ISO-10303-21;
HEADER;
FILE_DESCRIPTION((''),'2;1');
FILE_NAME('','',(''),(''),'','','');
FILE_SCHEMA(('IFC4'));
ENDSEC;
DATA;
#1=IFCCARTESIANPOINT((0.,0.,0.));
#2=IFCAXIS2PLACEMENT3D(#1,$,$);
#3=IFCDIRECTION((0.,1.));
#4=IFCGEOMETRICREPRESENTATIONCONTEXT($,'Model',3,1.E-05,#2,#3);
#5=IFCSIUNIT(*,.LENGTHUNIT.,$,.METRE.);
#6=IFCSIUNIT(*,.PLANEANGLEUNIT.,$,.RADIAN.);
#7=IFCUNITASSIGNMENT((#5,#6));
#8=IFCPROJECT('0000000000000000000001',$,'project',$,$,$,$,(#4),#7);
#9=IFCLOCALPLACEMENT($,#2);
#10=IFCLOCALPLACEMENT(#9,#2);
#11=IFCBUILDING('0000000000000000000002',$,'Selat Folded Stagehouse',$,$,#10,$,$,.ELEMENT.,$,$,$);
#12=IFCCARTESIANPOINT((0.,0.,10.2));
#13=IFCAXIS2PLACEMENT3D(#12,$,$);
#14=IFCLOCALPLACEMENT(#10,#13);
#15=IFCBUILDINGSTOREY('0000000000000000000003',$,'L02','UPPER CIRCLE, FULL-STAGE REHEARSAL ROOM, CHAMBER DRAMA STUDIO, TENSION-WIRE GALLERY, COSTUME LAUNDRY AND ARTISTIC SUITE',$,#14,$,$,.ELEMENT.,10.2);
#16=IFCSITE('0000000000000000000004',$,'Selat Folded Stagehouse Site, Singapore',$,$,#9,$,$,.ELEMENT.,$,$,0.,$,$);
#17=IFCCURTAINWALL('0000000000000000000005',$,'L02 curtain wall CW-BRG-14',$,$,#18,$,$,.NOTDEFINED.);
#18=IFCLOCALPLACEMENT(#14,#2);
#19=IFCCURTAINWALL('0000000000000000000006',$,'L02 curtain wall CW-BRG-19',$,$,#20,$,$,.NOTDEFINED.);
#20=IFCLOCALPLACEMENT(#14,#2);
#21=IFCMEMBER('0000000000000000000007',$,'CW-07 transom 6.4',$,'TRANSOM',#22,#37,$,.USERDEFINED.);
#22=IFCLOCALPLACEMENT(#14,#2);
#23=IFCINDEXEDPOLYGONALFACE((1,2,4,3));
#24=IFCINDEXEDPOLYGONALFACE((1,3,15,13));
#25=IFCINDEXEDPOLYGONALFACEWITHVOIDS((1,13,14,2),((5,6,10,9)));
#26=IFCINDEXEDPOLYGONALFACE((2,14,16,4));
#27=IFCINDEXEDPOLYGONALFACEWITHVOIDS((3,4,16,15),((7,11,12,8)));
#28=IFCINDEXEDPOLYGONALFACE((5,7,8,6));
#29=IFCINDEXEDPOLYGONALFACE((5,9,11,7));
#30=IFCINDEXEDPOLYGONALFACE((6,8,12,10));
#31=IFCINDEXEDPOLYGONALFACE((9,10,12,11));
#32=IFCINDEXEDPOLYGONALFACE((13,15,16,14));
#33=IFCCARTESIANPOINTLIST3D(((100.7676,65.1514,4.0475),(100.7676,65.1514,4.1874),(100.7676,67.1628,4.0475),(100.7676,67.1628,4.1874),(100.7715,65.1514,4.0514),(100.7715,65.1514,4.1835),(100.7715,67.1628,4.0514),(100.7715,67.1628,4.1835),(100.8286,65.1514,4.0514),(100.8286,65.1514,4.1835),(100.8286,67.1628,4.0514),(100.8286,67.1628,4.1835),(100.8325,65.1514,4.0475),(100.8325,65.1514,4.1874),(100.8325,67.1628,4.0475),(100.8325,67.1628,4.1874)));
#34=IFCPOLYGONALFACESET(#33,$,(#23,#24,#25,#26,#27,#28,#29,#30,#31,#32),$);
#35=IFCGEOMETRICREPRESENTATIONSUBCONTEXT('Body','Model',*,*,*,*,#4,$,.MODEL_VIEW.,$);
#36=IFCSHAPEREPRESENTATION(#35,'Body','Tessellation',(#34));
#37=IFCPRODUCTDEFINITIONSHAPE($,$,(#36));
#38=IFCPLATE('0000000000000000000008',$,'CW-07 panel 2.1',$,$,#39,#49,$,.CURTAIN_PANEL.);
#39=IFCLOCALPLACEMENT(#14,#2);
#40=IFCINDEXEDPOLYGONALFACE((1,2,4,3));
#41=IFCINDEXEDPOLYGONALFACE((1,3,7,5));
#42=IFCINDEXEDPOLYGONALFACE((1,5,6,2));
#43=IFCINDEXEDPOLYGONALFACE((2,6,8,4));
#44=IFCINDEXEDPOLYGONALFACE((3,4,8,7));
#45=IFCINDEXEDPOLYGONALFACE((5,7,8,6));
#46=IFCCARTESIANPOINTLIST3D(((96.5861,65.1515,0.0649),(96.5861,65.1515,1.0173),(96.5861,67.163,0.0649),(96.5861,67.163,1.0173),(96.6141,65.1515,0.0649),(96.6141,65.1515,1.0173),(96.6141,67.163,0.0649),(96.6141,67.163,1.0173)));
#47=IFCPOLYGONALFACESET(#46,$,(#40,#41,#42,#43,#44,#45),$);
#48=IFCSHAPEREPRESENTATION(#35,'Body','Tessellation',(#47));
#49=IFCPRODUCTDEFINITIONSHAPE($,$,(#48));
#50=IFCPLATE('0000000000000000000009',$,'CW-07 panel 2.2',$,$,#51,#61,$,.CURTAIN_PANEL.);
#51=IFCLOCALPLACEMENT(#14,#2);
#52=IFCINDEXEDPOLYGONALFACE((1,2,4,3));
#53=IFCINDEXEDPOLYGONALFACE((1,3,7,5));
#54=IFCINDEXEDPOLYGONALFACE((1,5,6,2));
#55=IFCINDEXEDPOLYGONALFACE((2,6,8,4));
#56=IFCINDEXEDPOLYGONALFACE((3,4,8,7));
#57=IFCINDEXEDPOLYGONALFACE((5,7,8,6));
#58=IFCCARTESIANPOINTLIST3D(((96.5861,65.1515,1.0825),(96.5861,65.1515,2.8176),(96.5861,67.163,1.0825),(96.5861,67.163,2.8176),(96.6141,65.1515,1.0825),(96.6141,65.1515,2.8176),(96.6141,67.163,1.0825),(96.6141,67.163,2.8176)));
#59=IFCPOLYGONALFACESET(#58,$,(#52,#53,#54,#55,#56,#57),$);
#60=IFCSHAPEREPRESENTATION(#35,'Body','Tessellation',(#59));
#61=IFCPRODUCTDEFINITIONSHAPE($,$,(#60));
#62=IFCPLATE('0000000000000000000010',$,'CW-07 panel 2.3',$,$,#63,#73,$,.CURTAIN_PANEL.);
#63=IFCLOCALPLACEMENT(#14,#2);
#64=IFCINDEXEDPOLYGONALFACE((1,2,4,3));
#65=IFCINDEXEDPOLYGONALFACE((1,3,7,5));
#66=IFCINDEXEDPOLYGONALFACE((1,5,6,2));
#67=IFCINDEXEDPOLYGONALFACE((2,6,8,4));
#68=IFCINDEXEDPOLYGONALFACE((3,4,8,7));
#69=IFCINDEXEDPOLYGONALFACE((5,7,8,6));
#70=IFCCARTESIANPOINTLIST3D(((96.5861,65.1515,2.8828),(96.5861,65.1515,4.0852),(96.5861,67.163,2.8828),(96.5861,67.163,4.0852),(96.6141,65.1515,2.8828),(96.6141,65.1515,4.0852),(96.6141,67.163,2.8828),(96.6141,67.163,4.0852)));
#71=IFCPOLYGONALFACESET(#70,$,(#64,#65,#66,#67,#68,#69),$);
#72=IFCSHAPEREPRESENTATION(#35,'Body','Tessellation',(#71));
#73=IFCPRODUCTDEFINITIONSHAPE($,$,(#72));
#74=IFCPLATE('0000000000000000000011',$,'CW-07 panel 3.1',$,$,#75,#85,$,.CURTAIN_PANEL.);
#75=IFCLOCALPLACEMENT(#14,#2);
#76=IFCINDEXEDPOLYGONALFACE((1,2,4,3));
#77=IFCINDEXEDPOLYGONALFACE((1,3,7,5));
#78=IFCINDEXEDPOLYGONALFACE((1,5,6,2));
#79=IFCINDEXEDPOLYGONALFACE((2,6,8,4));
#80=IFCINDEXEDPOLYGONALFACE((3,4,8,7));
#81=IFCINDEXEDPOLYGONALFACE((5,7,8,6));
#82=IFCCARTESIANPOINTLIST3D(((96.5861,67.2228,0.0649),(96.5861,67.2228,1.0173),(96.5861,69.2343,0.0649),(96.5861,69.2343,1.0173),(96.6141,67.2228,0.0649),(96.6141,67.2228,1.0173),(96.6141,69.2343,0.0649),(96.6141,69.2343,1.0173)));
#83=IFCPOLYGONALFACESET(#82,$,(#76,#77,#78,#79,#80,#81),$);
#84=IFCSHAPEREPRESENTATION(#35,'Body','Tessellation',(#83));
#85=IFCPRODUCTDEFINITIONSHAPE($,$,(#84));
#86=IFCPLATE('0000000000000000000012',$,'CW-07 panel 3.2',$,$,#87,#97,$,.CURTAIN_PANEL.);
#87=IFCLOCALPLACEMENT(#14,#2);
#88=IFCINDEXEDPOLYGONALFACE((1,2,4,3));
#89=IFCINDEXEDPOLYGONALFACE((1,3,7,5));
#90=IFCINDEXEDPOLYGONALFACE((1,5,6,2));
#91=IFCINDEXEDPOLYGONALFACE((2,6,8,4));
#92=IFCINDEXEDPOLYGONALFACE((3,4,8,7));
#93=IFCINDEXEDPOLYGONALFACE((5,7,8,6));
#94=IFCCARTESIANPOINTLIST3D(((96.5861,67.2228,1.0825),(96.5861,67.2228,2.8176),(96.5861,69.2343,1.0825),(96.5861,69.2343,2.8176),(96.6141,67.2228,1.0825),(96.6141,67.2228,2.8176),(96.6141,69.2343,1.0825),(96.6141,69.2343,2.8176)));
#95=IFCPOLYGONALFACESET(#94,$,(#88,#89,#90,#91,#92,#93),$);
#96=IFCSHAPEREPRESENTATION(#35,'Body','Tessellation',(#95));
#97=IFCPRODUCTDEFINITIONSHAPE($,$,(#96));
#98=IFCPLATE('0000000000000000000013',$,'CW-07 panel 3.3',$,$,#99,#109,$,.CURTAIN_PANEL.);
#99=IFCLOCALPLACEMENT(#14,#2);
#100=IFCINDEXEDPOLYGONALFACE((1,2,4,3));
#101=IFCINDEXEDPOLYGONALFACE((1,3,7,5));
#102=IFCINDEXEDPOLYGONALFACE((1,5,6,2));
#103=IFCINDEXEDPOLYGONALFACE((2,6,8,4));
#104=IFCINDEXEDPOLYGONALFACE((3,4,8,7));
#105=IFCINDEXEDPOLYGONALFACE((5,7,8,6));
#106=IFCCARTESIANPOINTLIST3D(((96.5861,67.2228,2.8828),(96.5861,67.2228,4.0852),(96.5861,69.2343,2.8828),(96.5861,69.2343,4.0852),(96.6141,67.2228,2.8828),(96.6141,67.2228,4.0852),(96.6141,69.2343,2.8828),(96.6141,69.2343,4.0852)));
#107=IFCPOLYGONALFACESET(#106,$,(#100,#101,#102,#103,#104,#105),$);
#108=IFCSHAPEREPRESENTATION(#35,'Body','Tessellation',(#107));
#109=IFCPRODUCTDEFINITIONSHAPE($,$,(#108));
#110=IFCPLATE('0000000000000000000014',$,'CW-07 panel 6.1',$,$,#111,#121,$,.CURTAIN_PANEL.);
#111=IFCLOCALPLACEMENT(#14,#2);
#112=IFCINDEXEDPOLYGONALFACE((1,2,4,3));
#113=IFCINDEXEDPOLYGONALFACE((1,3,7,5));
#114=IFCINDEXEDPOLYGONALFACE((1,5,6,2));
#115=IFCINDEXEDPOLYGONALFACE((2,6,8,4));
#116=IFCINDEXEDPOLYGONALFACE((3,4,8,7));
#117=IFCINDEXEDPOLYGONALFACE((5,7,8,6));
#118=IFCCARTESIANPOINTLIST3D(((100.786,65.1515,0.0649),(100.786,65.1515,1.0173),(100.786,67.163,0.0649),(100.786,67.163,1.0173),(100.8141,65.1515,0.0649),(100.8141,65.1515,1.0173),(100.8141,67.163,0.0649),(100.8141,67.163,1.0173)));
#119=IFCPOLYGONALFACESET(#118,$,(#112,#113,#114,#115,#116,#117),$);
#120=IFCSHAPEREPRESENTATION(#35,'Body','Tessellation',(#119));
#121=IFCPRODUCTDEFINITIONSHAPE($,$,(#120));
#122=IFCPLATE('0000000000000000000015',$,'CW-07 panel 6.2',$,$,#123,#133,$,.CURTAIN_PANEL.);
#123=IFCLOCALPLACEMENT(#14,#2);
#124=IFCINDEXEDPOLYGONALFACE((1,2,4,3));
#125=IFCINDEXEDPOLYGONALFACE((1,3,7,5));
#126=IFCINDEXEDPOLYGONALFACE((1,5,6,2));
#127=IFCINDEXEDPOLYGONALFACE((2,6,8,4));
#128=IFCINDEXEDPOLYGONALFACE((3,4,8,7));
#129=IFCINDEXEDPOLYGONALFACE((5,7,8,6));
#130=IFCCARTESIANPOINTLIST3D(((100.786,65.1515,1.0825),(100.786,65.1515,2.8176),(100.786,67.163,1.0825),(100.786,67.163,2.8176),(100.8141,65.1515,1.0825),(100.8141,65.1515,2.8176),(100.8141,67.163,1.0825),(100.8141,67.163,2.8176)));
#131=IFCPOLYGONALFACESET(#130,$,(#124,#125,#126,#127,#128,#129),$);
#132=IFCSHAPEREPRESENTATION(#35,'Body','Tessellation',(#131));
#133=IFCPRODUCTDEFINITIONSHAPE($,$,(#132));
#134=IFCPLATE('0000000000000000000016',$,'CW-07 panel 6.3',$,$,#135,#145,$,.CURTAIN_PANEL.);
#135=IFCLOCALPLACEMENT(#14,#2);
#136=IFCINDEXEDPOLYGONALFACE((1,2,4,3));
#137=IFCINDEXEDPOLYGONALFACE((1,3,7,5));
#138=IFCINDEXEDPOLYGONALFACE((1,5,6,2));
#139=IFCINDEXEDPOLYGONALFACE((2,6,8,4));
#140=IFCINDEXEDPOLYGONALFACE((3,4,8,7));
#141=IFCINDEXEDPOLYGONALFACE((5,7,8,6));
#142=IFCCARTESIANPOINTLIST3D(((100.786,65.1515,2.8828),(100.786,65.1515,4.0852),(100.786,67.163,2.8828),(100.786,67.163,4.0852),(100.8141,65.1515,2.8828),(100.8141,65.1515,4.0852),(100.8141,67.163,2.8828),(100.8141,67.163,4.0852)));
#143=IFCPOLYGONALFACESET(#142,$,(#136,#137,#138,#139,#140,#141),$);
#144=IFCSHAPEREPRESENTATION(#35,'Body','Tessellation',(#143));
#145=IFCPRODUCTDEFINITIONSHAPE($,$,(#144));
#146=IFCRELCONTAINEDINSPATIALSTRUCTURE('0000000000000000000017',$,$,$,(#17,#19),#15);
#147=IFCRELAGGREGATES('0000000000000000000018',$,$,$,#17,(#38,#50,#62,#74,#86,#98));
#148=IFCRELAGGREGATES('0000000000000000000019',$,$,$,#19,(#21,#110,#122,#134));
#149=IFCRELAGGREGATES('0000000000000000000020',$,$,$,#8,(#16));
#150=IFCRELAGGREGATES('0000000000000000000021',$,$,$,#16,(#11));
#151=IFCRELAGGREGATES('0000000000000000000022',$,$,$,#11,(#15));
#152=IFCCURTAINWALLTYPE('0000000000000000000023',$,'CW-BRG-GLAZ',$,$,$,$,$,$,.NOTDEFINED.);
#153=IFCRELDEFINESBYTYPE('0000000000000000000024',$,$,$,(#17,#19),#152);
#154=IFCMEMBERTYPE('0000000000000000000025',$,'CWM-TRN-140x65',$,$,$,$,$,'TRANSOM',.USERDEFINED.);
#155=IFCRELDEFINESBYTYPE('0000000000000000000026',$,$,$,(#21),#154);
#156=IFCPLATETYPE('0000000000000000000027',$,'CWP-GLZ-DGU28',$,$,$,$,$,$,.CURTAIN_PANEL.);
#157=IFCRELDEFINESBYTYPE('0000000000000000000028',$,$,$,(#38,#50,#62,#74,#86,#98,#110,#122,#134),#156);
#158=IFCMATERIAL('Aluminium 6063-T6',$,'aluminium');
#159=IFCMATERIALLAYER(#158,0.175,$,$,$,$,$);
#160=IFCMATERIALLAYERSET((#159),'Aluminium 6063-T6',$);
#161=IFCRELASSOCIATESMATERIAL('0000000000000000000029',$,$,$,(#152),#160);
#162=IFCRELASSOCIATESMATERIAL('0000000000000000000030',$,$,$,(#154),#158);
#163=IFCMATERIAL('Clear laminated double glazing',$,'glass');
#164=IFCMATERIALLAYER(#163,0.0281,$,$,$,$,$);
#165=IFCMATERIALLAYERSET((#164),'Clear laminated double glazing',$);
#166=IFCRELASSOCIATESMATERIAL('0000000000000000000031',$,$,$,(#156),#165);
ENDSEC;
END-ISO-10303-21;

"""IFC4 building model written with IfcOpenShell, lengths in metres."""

from ifc_helpers import new_model, si_unit, direction, frame, origin, origin_2d, place, context, subcontext, project, spatial, rectangle, hollow_rectangle, extrude, material, layer, layer_set, material_profile, profile_set, type_object, element, aggregate, save


model = new_model("IFC4")

# Units and contexts
model_context = context("Model", 3, precision=1e-05, world=origin(), true_north=direction((0.0, 1.0)))
body_context = subcontext(model_context, "Body", "Model", "MODEL_VIEW")
ifc_project = project(units=[si_unit("LENGTHUNIT", "METRE"), si_unit("PLANEANGLEUNIT", "RADIAN")], contexts=[model_context])

# Site, building, storey
site_placement = place(None, origin())
site = spatial("IfcSite", under=ifc_project, at=site_placement, Name="Selat Folded Stagehouse Site, Singapore", CompositionType="ELEMENT", RefElevation=0.0)
building_placement = place(site_placement, origin())
building = spatial("IfcBuilding", under=site, at=building_placement, Name="Selat Folded Stagehouse", CompositionType="ELEMENT")
storey_placement = place(building_placement, frame((0.0, 0.0, 10.2)))
storey = spatial("IfcBuildingStorey", under=building, at=storey_placement, Name="L02", Description="UPPER CIRCLE, FULL-STAGE REHEARSAL ROOM, CHAMBER DRAMA STUDIO, TENSION-WIRE GALLERY, COSTUME LAUNDRY AND ARTISTIC SUITE", CompositionType="ELEMENT", Elevation=10.2)

# Curtain walls
ifc_material_1 = material(Name="Aluminium 6063-T6", Category="aluminium")
ifc_layer_1 = layer(ifc_material_1, 0.175)
ifc_layer_set_1 = layer_set([ifc_layer_1], Name="Aluminium 6063-T6")
curtain_wall_type = type_object("IfcCurtainWallType", Name="CW-BRG-GLAZ", PredefinedType="NOTDEFINED", material=ifc_layer_set_1)
curtain_wall_1_placement = place(storey_placement, origin())
curtain_wall_1 = element("IfcCurtainWall", 1, at=curtain_wall_1_placement, inside=storey, type_object=curtain_wall_type, Name="L02 curtain wall CW-BRG-14", PredefinedType="NOTDEFINED")
curtain_wall_2_placement = place(storey_placement, origin())
curtain_wall_2 = element("IfcCurtainWall", 2, at=curtain_wall_2_placement, inside=storey, type_object=curtain_wall_type, Name="L02 curtain wall CW-BRG-19", PredefinedType="NOTDEFINED")

# Member
ifc_material_profile_1 = material_profile(ifc_material_1, hollow_rectangle(XDim=0.0649, YDim=0.1399, WallThickness=0.0039, at=origin_2d()), Name="ALU 140x65x4.0")
ifc_profile_set_1 = profile_set([ifc_material_profile_1], Name="Aluminium 6063-T6")
member_type_1 = type_object("IfcMemberType", Name="CWM-TRN-140x65", ElementType="TRANSOM", PredefinedType="USERDEFINED", material=ifc_profile_set_1)
member_1_placement = place(storey_placement, frame((100.8, 67.1628, 4.1174), z_axis=(0.0, -1.0, 0.0), x_axis=(1.0, 0.0, 0.0)))
member_1 = element("IfcMember", 3, at=member_1_placement, type_object=member_type_1, Name="CW-07 transom 6.4", ObjectType="TRANSOM", PredefinedType="USERDEFINED", context=body_context, shape_type="SweptSolid", body=[
    extrude(hollow_rectangle(XDim=0.0649, YDim=0.1399, WallThickness=0.0039, at=origin_2d()), origin(), (0.0, 0.0, 1.0), 2.0115),
])

# Plates
ifc_material_2 = material(Name="Clear laminated double glazing", Category="glass")
ifc_layer_2 = layer(ifc_material_2, 0.0281)
ifc_layer_set_2 = layer_set([ifc_layer_2], Name="Clear laminated double glazing")
plate_type = type_object("IfcPlateType", Name="CWP-GLZ-DGU28", PredefinedType="CURTAIN_PANEL", material=ifc_layer_set_2)
plate_1_placement = place(storey_placement, frame((96.6001, 66.1572, 0.0649), z_axis=(0.0, 0.0, 1.0), x_axis=(0.0, 1.0, 0.0)))
plate_1 = element("IfcPlate", 4, at=plate_1_placement, type_object=plate_type, Name="CW-07 panel 2.1", PredefinedType="CURTAIN_PANEL", context=body_context, shape_type="SweptSolid", body=[
    extrude(rectangle(XDim=2.0115, YDim=0.0281, at=origin_2d()), origin(), (0.0, 0.0, 1.0), 0.9524),
])
plate_2_placement = place(storey_placement, frame((96.6001, 66.1572, 1.0825), z_axis=(0.0, 0.0, 1.0), x_axis=(0.0, 1.0, 0.0)))
plate_2 = element("IfcPlate", 5, at=plate_2_placement, type_object=plate_type, Name="CW-07 panel 2.2", PredefinedType="CURTAIN_PANEL", context=body_context, shape_type="SweptSolid", body=[
    extrude(rectangle(XDim=2.0115, YDim=0.0281, at=origin_2d()), origin(), (0.0, 0.0, 1.0), 1.7351),
])
plate_3_placement = place(storey_placement, frame((96.6001, 66.1572, 2.8828), z_axis=(0.0, 0.0, 1.0), x_axis=(0.0, 1.0, 0.0)))
plate_3 = element("IfcPlate", 6, at=plate_3_placement, type_object=plate_type, Name="CW-07 panel 2.3", PredefinedType="CURTAIN_PANEL", context=body_context, shape_type="SweptSolid", body=[
    extrude(rectangle(XDim=2.0115, YDim=0.0281, at=origin_2d()), origin(), (0.0, 0.0, 1.0), 1.2024),
])
plate_4_placement = place(storey_placement, frame((96.6001, 68.2285, 0.0649), z_axis=(0.0, 0.0, 1.0), x_axis=(0.0, 1.0, 0.0)))
plate_4 = element("IfcPlate", 7, at=plate_4_placement, type_object=plate_type, Name="CW-07 panel 3.1", PredefinedType="CURTAIN_PANEL", context=body_context, shape_type="SweptSolid", body=[
    extrude(rectangle(XDim=2.0115, YDim=0.0281, at=origin_2d()), origin(), (0.0, 0.0, 1.0), 0.9524),
])
plate_5_placement = place(storey_placement, frame((96.6001, 68.2285, 1.0825), z_axis=(0.0, 0.0, 1.0), x_axis=(0.0, 1.0, 0.0)))
plate_5 = element("IfcPlate", 8, at=plate_5_placement, type_object=plate_type, Name="CW-07 panel 3.2", PredefinedType="CURTAIN_PANEL", context=body_context, shape_type="SweptSolid", body=[
    extrude(rectangle(XDim=2.0115, YDim=0.0281, at=origin_2d()), origin(), (0.0, 0.0, 1.0), 1.7351),
])
plate_6_placement = place(storey_placement, frame((96.6001, 68.2285, 2.8828), z_axis=(0.0, 0.0, 1.0), x_axis=(0.0, 1.0, 0.0)))
plate_6 = element("IfcPlate", 9, at=plate_6_placement, type_object=plate_type, Name="CW-07 panel 3.3", PredefinedType="CURTAIN_PANEL", context=body_context, shape_type="SweptSolid", body=[
    extrude(rectangle(XDim=2.0115, YDim=0.0281, at=origin_2d()), origin(), (0.0, 0.0, 1.0), 1.2024),
])
aggregate(curtain_wall_1, [plate_1, plate_2, plate_3, plate_4, plate_5, plate_6])
plate_7_placement = place(storey_placement, frame((100.8, 66.1572, 0.0649), z_axis=(0.0, 0.0, 1.0), x_axis=(0.0, -1.0, 0.0)))
plate_7 = element("IfcPlate", 10, at=plate_7_placement, type_object=plate_type, Name="CW-07 panel 6.1", PredefinedType="CURTAIN_PANEL", context=body_context, shape_type="SweptSolid", body=[
    extrude(rectangle(XDim=2.0115, YDim=0.0281, at=origin_2d()), origin(), (0.0, 0.0, 1.0), 0.9524),
])
plate_8_placement = place(storey_placement, frame((100.8, 66.1572, 1.0825), z_axis=(0.0, 0.0, 1.0), x_axis=(0.0, -1.0, 0.0)))
plate_8 = element("IfcPlate", 11, at=plate_8_placement, type_object=plate_type, Name="CW-07 panel 6.2", PredefinedType="CURTAIN_PANEL", context=body_context, shape_type="SweptSolid", body=[
    extrude(rectangle(XDim=2.0115, YDim=0.0281, at=origin_2d()), origin(), (0.0, 0.0, 1.0), 1.7351),
])
plate_9_placement = place(storey_placement, frame((100.8, 66.1572, 2.8828), z_axis=(0.0, 0.0, 1.0), x_axis=(0.0, -1.0, 0.0)))
plate_9 = element("IfcPlate", 12, at=plate_9_placement, type_object=plate_type, Name="CW-07 panel 6.3", PredefinedType="CURTAIN_PANEL", context=body_context, shape_type="SweptSolid", body=[
    extrude(rectangle(XDim=2.0115, YDim=0.0281, at=origin_2d()), origin(), (0.0, 0.0, 1.0), 1.2024),
])
aggregate(curtain_wall_2, [member_1, plate_7, plate_8, plate_9])

save(model, "model.ifc")
